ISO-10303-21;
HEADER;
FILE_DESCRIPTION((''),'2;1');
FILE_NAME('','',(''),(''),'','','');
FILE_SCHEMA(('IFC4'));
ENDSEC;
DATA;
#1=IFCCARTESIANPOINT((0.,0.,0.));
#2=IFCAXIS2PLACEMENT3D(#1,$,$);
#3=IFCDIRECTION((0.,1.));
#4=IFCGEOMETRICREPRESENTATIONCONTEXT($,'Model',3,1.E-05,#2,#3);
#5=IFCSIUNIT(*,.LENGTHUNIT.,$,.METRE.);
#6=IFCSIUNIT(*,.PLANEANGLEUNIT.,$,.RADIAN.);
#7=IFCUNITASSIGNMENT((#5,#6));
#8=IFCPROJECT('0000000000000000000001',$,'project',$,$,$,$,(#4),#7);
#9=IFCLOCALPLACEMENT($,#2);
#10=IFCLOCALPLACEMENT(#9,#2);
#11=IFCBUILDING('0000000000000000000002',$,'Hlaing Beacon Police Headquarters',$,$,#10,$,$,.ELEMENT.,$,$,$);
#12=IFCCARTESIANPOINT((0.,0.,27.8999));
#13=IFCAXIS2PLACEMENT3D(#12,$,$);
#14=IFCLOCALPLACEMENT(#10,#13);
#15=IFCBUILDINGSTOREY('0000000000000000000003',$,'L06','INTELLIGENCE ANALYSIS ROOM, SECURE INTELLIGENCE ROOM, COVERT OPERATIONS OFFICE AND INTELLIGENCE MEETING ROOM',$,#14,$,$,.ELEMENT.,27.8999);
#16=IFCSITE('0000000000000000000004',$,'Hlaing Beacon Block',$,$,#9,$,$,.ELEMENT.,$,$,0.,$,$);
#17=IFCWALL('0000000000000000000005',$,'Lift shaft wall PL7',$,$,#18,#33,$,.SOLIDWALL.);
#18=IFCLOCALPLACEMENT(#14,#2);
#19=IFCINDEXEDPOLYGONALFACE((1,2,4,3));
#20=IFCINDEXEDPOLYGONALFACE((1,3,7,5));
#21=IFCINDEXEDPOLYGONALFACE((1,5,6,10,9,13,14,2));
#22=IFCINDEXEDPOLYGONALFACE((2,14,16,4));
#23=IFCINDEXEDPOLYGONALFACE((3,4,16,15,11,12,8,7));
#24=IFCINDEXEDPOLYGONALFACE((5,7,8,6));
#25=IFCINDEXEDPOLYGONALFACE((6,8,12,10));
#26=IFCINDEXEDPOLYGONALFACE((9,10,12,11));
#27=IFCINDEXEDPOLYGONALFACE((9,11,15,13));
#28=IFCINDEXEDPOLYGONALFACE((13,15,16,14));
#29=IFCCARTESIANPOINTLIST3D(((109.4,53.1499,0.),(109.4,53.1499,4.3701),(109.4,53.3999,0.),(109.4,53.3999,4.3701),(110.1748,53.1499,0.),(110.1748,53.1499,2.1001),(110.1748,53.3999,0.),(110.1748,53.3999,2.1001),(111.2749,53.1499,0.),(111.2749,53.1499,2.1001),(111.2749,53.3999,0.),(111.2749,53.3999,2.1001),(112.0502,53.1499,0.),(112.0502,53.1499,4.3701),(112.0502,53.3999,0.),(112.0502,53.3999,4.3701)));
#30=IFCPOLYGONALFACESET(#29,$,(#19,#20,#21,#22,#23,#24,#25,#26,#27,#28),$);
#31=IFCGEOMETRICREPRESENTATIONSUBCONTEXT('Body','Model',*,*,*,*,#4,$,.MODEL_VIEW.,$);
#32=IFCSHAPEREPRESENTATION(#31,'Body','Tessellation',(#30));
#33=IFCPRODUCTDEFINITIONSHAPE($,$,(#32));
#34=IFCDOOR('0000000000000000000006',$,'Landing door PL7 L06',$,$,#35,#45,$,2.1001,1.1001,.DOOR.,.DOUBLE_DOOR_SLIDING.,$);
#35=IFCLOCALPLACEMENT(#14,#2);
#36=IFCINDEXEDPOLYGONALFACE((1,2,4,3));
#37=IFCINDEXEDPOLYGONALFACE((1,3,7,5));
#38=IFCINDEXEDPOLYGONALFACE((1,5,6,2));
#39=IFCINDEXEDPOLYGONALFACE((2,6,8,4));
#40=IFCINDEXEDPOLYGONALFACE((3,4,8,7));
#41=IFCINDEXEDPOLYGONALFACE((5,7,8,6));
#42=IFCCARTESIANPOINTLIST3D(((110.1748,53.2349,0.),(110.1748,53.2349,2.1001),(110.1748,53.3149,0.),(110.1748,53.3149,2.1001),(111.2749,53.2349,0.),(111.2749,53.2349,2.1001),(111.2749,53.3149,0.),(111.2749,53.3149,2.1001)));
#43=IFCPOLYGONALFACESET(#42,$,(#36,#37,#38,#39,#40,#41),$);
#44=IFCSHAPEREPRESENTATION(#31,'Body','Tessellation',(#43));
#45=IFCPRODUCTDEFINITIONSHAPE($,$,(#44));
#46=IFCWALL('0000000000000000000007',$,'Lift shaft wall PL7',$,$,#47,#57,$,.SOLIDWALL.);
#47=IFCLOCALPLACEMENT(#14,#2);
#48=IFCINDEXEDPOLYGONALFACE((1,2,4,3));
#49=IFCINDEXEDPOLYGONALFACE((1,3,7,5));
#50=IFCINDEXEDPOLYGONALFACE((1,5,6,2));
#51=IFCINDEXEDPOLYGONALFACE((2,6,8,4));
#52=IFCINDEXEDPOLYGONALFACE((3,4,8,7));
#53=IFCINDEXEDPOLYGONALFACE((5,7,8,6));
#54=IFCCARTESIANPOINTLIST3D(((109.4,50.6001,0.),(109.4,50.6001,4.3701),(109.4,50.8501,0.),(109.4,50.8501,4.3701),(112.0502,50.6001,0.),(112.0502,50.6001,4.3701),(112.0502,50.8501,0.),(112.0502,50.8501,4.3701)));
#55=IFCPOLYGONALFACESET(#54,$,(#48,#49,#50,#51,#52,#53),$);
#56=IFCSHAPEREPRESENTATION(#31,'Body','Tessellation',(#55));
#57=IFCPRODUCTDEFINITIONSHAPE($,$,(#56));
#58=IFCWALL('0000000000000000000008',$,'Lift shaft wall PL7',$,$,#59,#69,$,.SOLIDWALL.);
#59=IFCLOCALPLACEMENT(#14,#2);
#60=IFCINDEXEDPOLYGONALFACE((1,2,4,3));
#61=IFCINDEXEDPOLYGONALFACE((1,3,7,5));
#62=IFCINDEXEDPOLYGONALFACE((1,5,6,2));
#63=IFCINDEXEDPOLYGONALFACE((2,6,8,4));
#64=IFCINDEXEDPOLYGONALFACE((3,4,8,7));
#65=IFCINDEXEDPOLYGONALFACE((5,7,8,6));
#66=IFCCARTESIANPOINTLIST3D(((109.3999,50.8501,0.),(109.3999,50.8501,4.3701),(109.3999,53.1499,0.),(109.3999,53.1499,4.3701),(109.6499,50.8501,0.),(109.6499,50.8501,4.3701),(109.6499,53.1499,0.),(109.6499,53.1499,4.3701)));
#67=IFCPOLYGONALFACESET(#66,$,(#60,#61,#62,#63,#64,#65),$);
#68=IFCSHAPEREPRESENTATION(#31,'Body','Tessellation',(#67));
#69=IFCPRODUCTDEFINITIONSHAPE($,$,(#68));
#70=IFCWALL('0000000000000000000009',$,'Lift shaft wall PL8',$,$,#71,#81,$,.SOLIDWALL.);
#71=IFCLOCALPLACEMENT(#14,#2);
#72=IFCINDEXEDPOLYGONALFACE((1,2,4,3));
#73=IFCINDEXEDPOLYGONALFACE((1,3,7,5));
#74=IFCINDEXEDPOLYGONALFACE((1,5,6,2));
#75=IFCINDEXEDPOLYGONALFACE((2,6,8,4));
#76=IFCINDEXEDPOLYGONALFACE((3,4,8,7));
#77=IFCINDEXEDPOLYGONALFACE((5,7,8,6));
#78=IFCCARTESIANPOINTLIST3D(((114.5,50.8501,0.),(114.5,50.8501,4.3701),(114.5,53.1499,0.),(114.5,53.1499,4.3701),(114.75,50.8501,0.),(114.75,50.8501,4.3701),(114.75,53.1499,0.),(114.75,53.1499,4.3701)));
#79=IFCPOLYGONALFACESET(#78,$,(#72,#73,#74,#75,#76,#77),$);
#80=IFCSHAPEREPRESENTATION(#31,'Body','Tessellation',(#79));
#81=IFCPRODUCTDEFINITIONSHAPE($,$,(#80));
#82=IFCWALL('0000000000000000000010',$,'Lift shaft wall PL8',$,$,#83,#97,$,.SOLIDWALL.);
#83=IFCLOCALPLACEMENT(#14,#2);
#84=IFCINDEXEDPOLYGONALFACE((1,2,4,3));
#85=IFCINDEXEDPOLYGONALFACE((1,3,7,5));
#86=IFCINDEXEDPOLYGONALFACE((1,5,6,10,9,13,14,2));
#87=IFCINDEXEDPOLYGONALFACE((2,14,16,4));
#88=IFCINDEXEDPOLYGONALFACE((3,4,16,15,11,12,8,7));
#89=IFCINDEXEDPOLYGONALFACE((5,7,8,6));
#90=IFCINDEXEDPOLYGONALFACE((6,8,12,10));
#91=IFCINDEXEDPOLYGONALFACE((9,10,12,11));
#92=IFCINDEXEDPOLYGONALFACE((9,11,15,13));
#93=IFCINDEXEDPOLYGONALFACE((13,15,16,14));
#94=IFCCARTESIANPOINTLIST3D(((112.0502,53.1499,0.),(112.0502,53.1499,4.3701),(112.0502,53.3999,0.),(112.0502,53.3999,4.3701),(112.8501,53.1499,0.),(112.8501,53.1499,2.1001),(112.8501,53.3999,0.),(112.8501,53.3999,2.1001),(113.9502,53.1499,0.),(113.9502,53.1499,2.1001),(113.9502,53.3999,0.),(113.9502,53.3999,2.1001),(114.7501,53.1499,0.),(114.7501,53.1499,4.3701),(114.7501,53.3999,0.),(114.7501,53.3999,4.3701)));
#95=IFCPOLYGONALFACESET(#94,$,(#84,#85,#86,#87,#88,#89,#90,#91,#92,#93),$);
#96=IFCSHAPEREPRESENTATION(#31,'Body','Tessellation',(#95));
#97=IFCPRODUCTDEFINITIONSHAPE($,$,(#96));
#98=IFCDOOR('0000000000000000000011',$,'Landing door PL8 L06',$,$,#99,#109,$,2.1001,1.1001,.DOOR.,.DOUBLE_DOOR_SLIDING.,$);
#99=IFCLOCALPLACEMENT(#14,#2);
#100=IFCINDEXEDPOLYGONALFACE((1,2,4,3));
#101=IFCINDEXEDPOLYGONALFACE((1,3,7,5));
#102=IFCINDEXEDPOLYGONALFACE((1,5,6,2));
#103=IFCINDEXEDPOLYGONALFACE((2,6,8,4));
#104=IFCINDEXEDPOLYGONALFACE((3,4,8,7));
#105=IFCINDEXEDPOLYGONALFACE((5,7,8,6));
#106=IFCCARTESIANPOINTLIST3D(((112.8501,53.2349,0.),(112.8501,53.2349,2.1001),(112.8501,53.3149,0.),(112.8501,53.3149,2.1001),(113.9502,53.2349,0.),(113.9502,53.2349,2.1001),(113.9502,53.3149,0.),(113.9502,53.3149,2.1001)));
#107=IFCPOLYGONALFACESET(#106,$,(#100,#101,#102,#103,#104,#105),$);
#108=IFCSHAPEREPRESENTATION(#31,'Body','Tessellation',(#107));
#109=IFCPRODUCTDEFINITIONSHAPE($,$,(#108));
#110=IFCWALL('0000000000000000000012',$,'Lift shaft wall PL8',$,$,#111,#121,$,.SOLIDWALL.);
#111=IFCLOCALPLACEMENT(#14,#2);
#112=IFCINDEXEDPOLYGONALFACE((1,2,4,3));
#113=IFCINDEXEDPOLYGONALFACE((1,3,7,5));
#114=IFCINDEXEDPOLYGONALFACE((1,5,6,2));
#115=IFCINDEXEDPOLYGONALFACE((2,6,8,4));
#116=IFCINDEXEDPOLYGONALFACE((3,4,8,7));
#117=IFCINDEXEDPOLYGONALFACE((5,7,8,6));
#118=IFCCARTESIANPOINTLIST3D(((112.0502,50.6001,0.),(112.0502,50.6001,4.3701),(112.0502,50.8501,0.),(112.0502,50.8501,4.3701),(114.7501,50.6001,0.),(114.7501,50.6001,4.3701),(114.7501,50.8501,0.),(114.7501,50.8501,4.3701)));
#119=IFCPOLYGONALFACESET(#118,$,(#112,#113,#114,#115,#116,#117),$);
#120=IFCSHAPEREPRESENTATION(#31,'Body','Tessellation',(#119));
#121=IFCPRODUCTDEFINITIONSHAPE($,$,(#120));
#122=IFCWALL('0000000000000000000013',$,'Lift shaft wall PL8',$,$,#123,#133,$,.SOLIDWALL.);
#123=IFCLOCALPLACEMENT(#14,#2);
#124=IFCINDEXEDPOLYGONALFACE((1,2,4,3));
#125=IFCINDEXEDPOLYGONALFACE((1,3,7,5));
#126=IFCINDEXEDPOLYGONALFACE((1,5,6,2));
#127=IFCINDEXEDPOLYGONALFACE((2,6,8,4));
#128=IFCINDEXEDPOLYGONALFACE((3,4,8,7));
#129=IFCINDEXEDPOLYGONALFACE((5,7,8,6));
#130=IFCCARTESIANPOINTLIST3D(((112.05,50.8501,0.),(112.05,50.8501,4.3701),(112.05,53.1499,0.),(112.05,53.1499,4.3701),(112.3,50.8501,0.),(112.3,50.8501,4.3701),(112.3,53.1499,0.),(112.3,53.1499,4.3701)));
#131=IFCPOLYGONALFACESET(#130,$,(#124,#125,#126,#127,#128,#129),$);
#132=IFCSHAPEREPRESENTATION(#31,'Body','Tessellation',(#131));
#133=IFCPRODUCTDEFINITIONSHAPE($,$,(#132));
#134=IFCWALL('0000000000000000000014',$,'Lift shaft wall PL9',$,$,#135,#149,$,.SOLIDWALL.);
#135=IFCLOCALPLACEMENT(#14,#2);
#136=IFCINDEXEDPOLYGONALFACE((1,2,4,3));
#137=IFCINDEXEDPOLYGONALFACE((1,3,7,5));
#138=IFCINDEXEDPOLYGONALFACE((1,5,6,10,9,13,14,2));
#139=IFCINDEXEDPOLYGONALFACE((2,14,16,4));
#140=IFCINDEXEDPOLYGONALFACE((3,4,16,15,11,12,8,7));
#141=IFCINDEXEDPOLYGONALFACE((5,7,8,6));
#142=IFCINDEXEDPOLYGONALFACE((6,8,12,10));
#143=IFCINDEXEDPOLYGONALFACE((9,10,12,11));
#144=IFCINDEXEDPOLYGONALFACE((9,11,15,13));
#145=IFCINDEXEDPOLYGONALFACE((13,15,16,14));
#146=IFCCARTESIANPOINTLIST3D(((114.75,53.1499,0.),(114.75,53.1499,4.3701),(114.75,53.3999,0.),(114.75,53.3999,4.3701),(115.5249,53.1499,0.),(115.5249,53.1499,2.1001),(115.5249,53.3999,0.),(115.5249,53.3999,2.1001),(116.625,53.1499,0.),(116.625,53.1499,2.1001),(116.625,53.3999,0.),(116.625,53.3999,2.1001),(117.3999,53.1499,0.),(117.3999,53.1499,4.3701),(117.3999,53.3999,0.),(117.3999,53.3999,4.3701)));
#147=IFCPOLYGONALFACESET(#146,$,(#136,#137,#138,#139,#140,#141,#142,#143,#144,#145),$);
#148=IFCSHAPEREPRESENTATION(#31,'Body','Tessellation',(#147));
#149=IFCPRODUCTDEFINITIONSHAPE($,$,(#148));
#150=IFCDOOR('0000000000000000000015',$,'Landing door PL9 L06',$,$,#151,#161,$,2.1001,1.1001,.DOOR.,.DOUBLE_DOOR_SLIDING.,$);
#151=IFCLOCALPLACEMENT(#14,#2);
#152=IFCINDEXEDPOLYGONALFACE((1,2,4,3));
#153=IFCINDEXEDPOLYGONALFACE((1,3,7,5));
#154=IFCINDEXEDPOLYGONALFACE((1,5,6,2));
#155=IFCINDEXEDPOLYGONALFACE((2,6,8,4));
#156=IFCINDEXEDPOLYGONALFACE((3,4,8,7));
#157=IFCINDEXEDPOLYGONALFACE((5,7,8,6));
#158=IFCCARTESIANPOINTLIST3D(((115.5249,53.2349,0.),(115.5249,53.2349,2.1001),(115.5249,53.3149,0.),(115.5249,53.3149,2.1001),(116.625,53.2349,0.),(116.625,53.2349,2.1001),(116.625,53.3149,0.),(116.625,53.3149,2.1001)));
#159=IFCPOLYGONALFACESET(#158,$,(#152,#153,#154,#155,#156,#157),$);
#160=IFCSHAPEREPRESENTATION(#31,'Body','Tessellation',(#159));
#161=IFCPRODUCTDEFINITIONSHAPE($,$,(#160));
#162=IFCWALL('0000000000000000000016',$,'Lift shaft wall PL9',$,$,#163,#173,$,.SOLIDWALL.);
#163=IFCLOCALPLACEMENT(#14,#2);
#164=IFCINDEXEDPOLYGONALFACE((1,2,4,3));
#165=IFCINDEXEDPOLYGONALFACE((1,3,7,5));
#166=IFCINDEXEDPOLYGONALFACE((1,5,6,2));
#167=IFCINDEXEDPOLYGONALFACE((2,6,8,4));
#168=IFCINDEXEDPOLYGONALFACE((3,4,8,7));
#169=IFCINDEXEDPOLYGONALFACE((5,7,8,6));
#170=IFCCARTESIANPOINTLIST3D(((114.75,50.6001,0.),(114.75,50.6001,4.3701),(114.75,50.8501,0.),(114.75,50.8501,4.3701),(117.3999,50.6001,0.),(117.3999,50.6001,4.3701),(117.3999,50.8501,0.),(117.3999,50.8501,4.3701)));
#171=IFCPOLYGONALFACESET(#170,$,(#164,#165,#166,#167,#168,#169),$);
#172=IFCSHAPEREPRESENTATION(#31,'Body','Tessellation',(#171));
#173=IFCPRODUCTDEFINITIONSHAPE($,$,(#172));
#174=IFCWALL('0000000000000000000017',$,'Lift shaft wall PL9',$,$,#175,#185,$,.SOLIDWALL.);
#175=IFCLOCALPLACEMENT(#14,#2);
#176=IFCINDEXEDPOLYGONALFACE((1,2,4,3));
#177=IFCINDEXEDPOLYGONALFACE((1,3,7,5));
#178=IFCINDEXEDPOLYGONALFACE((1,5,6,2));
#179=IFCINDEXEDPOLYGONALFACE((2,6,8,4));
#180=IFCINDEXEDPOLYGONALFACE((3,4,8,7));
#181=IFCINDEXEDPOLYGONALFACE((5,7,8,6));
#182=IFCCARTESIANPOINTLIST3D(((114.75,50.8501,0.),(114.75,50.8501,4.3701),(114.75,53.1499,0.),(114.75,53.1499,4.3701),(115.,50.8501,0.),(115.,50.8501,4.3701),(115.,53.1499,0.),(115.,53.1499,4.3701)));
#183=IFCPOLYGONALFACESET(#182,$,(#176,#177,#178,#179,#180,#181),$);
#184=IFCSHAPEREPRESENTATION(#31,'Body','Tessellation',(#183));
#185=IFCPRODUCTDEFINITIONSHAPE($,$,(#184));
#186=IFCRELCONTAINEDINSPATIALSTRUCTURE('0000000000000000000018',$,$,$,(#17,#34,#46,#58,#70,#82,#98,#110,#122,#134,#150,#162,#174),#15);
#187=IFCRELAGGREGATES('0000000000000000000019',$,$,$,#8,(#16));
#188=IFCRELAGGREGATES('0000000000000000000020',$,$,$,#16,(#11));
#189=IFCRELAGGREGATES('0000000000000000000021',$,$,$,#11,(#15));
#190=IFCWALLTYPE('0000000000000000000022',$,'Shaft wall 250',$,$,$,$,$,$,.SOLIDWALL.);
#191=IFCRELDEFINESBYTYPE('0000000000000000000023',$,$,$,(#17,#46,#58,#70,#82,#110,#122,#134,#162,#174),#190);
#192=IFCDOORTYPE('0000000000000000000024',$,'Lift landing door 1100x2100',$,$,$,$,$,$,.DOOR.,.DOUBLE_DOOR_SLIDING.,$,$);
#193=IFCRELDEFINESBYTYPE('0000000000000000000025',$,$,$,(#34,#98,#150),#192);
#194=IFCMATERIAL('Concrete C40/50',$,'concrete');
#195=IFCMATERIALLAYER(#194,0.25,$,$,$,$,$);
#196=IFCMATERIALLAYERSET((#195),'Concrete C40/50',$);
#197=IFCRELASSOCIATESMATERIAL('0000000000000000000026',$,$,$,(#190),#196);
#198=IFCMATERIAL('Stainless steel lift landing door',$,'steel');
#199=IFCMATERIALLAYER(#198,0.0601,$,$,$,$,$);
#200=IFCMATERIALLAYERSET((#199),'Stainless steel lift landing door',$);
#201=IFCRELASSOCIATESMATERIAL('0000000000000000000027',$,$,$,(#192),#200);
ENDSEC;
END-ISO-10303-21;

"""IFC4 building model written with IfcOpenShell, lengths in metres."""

from ifc_helpers import new_model, si_unit, direction, frame, frame_2d, origin, place, context, subcontext, project, spatial, rectangle, extrude, material, layer, layer_set, type_object, element, fill, save


model = new_model("IFC4")

# Units and contexts
model_context = context("Model", 3, precision=1e-05, world=origin(), true_north=direction((0.0, 1.0)))
body_context = subcontext(model_context, "Body", "Model", "MODEL_VIEW")
ifc_project = project(units=[si_unit("LENGTHUNIT", "METRE"), si_unit("PLANEANGLEUNIT", "RADIAN")], contexts=[model_context])

# Site, building, storey
site_placement = place(None, origin())
site = spatial("IfcSite", under=ifc_project, at=site_placement, Name="Hlaing Beacon Block", CompositionType="ELEMENT", RefElevation=0.0)
building_placement = place(site_placement, origin())
building = spatial("IfcBuilding", under=site, at=building_placement, Name="Hlaing Beacon Police Headquarters", CompositionType="ELEMENT")
storey_placement = place(building_placement, frame((0.0, 0.0, 27.8999)))
storey = spatial("IfcBuildingStorey", under=building, at=storey_placement, Name="L06", Description="INTELLIGENCE ANALYSIS ROOM, SECURE INTELLIGENCE ROOM, COVERT OPERATIONS OFFICE AND INTELLIGENCE MEETING ROOM", CompositionType="ELEMENT", Elevation=27.8999)

# Shared definitions
ifc_material_1 = material(Name="Concrete C40/50", Category="concrete")
ifc_layer_1 = layer(ifc_material_1, 0.25)
ifc_layer_set_1 = layer_set([ifc_layer_1], Name="Concrete C40/50")
wall_type_1 = type_object("IfcWallType", Name="Shaft wall 250", PredefinedType="SOLIDWALL", material=ifc_layer_set_1)
ifc_material_2 = material(Name="Stainless steel lift landing door", Category="steel")
ifc_layer_2 = layer(ifc_material_2, 0.0601)
ifc_layer_set_2 = layer_set([ifc_layer_2], Name="Stainless steel lift landing door")
door_type_1 = type_object("IfcDoorType", Name="Lift landing door 1100x2100", OperationType="DOUBLE_DOOR_SLIDING", PredefinedType="DOOR", material=ifc_layer_set_2)

# Wall, opening, door
wall_1_placement = place(storey_placement, frame((109.3999, 53.2749, 0.0), z_axis=(0.0, 0.0, 1.0), x_axis=(1.0, 0.0, 0.0)))
wall_1 = element("IfcWall", 1, at=wall_1_placement, inside=storey, type_object=wall_type_1, Name="Lift shaft wall PL7", PredefinedType="SOLIDWALL", context=body_context, shape_type="SweptSolid", body=[
    extrude(rectangle(XDim=2.6501, YDim=0.25, at=frame_2d((1.3252, 0.0))), origin(), (0.0, 0.0, 1.0), 4.3701),
])
opening_1_placement = place(wall_1_placement, frame((0.7749, 0.0, 0.0)))
opening_1 = element("IfcOpeningElement", 2, at=opening_1_placement, cuts=wall_1, PredefinedType="OPENING", context=body_context, shape_type="SweptSolid", body=[
    extrude(rectangle(XDim=1.1001, YDim=2.1001, at=frame_2d((0.55, 1.05))), frame((0.0, 0.135, 0.0), z_axis=(0.0, -1.0, 0.0), x_axis=(1.0, 0.0, 0.0)), (0.0, 0.0, 1.0), 0.27),
])
door_1_placement = place(opening_1_placement, origin())
door_1 = element("IfcDoor", 3, at=door_1_placement, inside=storey, type_object=door_type_1, Name="Landing door PL7 L06", OperationType="DOUBLE_DOOR_SLIDING", OverallHeight=2.1001, OverallWidth=1.1001, PredefinedType="DOOR", context=body_context, shape_type="SweptSolid", body=[
    extrude(rectangle(XDim=1.1001, YDim=2.1001, at=frame_2d((0.55, 1.05))), frame((0.0, 0.04, 0.0), z_axis=(0.0, -1.0, 0.0), x_axis=(1.0, 0.0, 0.0)), (0.0, 0.0, 1.0), 0.0801),
])
fill(opening_1, door_1)

# Walls
wall_2_placement = place(storey_placement, frame((109.3999, 50.7251, 0.0), z_axis=(0.0, 0.0, 1.0), x_axis=(1.0, 0.0, 0.0)))
element("IfcWall", 4, at=wall_2_placement, inside=storey, type_object=wall_type_1, Name="Lift shaft wall PL7", PredefinedType="SOLIDWALL", context=body_context, shape_type="SweptSolid", body=[
    extrude(rectangle(XDim=2.6501, YDim=0.25, at=frame_2d((1.3252, 0.0))), origin(), (0.0, 0.0, 1.0), 4.3701),
])
for number, where, z_axis, x_axis, name in (
    (5, (109.5249, 50.8501, 0.0), (0.0, 0.0, 1.0), (0.0, 1.0, 0.0), "Lift shaft wall PL7"),
    (6, (114.625, 50.8501, 0.0), (0.0, 0.0, 1.0), (0.0, 1.0, 0.0), "Lift shaft wall PL8"),
):
    element("IfcWall", number, at=place(storey_placement, frame(where, z_axis=z_axis, x_axis=x_axis)), inside=storey, type_object=wall_type_1, Name=name, PredefinedType="SOLIDWALL", context=body_context, shape_type="SweptSolid", body=[
        extrude(rectangle(XDim=2.2998, YDim=0.25, at=frame_2d((1.1499, 0.0))), origin(), (0.0, 0.0, 1.0), 4.3701),
    ])

# Wall, opening, door
wall_3_placement = place(storey_placement, frame((112.05, 53.2749, 0.0), z_axis=(0.0, 0.0, 1.0), x_axis=(1.0, 0.0, 0.0)))
wall_3 = element("IfcWall", 7, at=wall_3_placement, inside=storey, type_object=wall_type_1, Name="Lift shaft wall PL8", PredefinedType="SOLIDWALL", context=body_context, shape_type="SweptSolid", body=[
    extrude(rectangle(XDim=2.7, YDim=0.25, at=frame_2d((1.3501, 0.0))), origin(), (0.0, 0.0, 1.0), 4.3701),
])
opening_2_placement = place(wall_3_placement, frame((0.8, 0.0, 0.0)))
opening_2 = element("IfcOpeningElement", 8, at=opening_2_placement, cuts=wall_3, PredefinedType="OPENING", context=body_context, shape_type="SweptSolid", body=[
    extrude(rectangle(XDim=1.1001, YDim=2.1001, at=frame_2d((0.55, 1.05))), frame((0.0, 0.135, 0.0), z_axis=(0.0, -1.0, 0.0), x_axis=(1.0, 0.0, 0.0)), (0.0, 0.0, 1.0), 0.27),
])
door_2_placement = place(opening_2_placement, origin())
door_2 = element("IfcDoor", 9, at=door_2_placement, inside=storey, type_object=door_type_1, Name="Landing door PL8 L06", OperationType="DOUBLE_DOOR_SLIDING", OverallHeight=2.1001, OverallWidth=1.1001, PredefinedType="DOOR", context=body_context, shape_type="SweptSolid", body=[
    extrude(rectangle(XDim=1.1001, YDim=2.1001, at=frame_2d((0.55, 1.05))), frame((0.0, 0.04, 0.0), z_axis=(0.0, -1.0, 0.0), x_axis=(1.0, 0.0, 0.0)), (0.0, 0.0, 1.0), 0.0801),
])
fill(opening_2, door_2)

# Walls
wall_4_placement = place(storey_placement, frame((112.05, 50.7251, 0.0), z_axis=(0.0, 0.0, 1.0), x_axis=(1.0, 0.0, 0.0)))
element("IfcWall", 10, at=wall_4_placement, inside=storey, type_object=wall_type_1, Name="Lift shaft wall PL8", PredefinedType="SOLIDWALL", context=body_context, shape_type="SweptSolid", body=[
    extrude(rectangle(XDim=2.7, YDim=0.25, at=frame_2d((1.3501, 0.0))), origin(), (0.0, 0.0, 1.0), 4.3701),
])
wall_5_placement = place(storey_placement, frame((112.175, 50.8501, 0.0), z_axis=(0.0, 0.0, 1.0), x_axis=(0.0, 1.0, 0.0)))
element("IfcWall", 11, at=wall_5_placement, inside=storey, type_object=wall_type_1, Name="Lift shaft wall PL8", PredefinedType="SOLIDWALL", context=body_context, shape_type="SweptSolid", body=[
    extrude(rectangle(XDim=2.2998, YDim=0.25, at=frame_2d((1.1499, 0.0))), origin(), (0.0, 0.0, 1.0), 4.3701),
])

# Wall, opening, door
wall_6_placement = place(storey_placement, frame((114.75, 53.2749, 0.0), z_axis=(0.0, 0.0, 1.0), x_axis=(1.0, 0.0, 0.0)))
wall_6 = element("IfcWall", 12, at=wall_6_placement, inside=storey, type_object=wall_type_1, Name="Lift shaft wall PL9", PredefinedType="SOLIDWALL", context=body_context, shape_type="SweptSolid", body=[
    extrude(rectangle(XDim=2.6499, YDim=0.25, at=frame_2d((1.325, 0.0))), origin(), (0.0, 0.0, 1.0), 4.3701),
])
opening_3_placement = place(wall_6_placement, frame((0.7749, 0.0, 0.0)))
opening_3 = element("IfcOpeningElement", 13, at=opening_3_placement, cuts=wall_6, PredefinedType="OPENING", context=body_context, shape_type="SweptSolid", body=[
    extrude(rectangle(XDim=1.1001, YDim=2.1001, at=frame_2d((0.55, 1.05))), frame((0.0, 0.135, 0.0), z_axis=(0.0, -1.0, 0.0), x_axis=(1.0, 0.0, 0.0)), (0.0, 0.0, 1.0), 0.27),
])
door_3_placement = place(opening_3_placement, origin())
door_3 = element("IfcDoor", 14, at=door_3_placement, inside=storey, type_object=door_type_1, Name="Landing door PL9 L06", OperationType="DOUBLE_DOOR_SLIDING", OverallHeight=2.1001, OverallWidth=1.1001, PredefinedType="DOOR", context=body_context, shape_type="SweptSolid", body=[
    extrude(rectangle(XDim=1.1001, YDim=2.1001, at=frame_2d((0.55, 1.05))), frame((0.0, 0.04, 0.0), z_axis=(0.0, -1.0, 0.0), x_axis=(1.0, 0.0, 0.0)), (0.0, 0.0, 1.0), 0.0801),
])
fill(opening_3, door_3)

# Walls
wall_7_placement = place(storey_placement, frame((114.75, 50.7251, 0.0), z_axis=(0.0, 0.0, 1.0), x_axis=(1.0, 0.0, 0.0)))
element("IfcWall", 15, at=wall_7_placement, inside=storey, type_object=wall_type_1, Name="Lift shaft wall PL9", PredefinedType="SOLIDWALL", context=body_context, shape_type="SweptSolid", body=[
    extrude(rectangle(XDim=2.6499, YDim=0.25, at=frame_2d((1.325, 0.0))), origin(), (0.0, 0.0, 1.0), 4.3701),
])
wall_8_placement = place(storey_placement, frame((114.875, 50.8501, 0.0), z_axis=(0.0, 0.0, 1.0), x_axis=(0.0, 1.0, 0.0)))
element("IfcWall", 16, at=wall_8_placement, inside=storey, type_object=wall_type_1, Name="Lift shaft wall PL9", PredefinedType="SOLIDWALL", context=body_context, shape_type="SweptSolid", body=[
    extrude(rectangle(XDim=2.2998, YDim=0.25, at=frame_2d((1.1499, 0.0))), origin(), (0.0, 0.0, 1.0), 4.3701),
])

save(model, "model.ifc")
